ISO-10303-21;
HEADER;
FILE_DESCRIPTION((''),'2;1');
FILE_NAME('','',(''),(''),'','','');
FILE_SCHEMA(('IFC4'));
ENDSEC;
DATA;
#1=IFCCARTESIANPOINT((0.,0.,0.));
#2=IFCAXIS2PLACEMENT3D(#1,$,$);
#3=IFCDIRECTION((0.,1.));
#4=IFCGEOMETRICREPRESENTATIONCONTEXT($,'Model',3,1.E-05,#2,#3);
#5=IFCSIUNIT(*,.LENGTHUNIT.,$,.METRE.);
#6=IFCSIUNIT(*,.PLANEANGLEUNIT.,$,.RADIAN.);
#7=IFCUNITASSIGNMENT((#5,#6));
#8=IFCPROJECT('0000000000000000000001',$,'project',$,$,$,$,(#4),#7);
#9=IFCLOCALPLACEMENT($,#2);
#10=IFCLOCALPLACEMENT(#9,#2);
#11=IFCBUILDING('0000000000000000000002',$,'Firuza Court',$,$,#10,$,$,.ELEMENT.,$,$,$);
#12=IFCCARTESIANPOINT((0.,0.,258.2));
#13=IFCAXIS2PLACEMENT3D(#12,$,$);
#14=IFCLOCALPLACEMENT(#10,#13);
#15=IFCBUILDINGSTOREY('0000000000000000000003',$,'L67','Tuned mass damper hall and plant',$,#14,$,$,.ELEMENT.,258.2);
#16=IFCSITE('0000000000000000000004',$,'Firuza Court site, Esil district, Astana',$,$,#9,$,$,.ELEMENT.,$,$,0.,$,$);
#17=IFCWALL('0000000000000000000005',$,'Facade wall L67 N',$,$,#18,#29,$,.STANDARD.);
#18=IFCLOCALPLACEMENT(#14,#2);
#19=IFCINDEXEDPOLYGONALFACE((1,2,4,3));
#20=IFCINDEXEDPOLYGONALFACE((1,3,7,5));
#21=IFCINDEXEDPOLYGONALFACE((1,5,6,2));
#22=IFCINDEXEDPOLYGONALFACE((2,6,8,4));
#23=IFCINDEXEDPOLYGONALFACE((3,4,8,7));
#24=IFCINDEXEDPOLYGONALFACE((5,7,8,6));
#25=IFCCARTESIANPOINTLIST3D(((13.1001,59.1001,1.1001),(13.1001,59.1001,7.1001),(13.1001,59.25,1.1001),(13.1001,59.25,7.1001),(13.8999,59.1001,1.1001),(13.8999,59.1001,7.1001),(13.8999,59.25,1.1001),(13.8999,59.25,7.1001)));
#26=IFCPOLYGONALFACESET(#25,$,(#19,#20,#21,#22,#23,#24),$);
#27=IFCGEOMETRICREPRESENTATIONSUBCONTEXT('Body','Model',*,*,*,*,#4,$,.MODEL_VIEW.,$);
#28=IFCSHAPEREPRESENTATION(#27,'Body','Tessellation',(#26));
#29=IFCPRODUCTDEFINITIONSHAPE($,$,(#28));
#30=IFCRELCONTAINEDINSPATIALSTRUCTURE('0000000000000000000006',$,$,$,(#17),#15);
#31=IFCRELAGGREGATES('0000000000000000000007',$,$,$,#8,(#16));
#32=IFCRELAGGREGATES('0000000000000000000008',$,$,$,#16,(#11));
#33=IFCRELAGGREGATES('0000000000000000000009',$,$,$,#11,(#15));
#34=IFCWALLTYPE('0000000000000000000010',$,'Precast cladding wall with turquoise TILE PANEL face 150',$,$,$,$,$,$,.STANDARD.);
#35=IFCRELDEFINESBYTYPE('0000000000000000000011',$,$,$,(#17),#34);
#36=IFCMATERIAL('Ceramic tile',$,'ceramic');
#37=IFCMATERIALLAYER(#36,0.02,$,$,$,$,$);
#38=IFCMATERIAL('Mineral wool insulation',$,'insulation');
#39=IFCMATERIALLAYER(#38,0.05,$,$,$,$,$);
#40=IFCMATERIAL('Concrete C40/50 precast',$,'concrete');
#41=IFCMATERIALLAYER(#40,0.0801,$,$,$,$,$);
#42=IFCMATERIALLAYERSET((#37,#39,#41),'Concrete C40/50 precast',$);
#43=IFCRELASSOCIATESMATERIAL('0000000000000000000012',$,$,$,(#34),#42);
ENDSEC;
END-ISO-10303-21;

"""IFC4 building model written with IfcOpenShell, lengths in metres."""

from ifc_helpers import new_model, si_unit, direction, frame, frame_2d, origin, place, context, subcontext, project, spatial, rectangle, extrude, material, layer, layer_set, type_object, element, save


model = new_model("IFC4")

# Units and contexts
model_context = context("Model", 3, precision=1e-05, world=origin(), true_north=direction((0.0, 1.0)))
body_context = subcontext(model_context, "Body", "Model", "MODEL_VIEW")
ifc_project = project(units=[si_unit("LENGTHUNIT", "METRE"), si_unit("PLANEANGLEUNIT", "RADIAN")], contexts=[model_context])

# Site, building, storey
site_placement = place(None, origin())
site = spatial("IfcSite", under=ifc_project, at=site_placement, Name="Firuza Court site, Esil district, Astana", CompositionType="ELEMENT", RefElevation=0.0)
building_placement = place(site_placement, origin())
building = spatial("IfcBuilding", under=site, at=building_placement, Name="Firuza Court", CompositionType="ELEMENT")
storey_placement = place(building_placement, frame((0.0, 0.0, 258.2)))
storey = spatial("IfcBuildingStorey", under=building, at=storey_placement, Name="L67", Description="Tuned mass damper hall and plant", CompositionType="ELEMENT", Elevation=258.2)

# Wall
ifc_material_1 = material(Name="Ceramic tile", Category="ceramic")
ifc_layer_1 = layer(ifc_material_1, 0.02)
ifc_material_2 = material(Name="Mineral wool insulation", Category="insulation")
ifc_layer_2 = layer(ifc_material_2, 0.05)
ifc_material_3 = material(Name="Concrete C40/50 precast", Category="concrete")
ifc_layer_3 = layer(ifc_material_3, 0.0801)
ifc_layer_set_1 = layer_set([ifc_layer_1, ifc_layer_2, ifc_layer_3], Name="Concrete C40/50 precast")
wall_type_1 = type_object("IfcWallType", Name="Precast cladding wall with turquoise TILE PANEL face 150", PredefinedType="STANDARD", material=ifc_layer_set_1)
for number, where, z_axis, x_axis, name in (
    (1, (13.8999, 59.175, 1.1001), (0.0, 0.0, 1.0), (-1.0, 0.0, 0.0), "Facade wall L67 N"),
):
    element("IfcWall", number, at=place(storey_placement, frame(where, z_axis=z_axis, x_axis=x_axis)), inside=storey, type_object=wall_type_1, Name=name, PredefinedType="STANDARD", context=body_context, shape_type="SweptSolid", body=[
        extrude(rectangle(XDim=0.7998, YDim=0.1499, at=frame_2d((0.3999, 0.0))), origin(), (0.0, 0.0, 1.0), 6.0),
    ])

save(model, "model.ifc")
